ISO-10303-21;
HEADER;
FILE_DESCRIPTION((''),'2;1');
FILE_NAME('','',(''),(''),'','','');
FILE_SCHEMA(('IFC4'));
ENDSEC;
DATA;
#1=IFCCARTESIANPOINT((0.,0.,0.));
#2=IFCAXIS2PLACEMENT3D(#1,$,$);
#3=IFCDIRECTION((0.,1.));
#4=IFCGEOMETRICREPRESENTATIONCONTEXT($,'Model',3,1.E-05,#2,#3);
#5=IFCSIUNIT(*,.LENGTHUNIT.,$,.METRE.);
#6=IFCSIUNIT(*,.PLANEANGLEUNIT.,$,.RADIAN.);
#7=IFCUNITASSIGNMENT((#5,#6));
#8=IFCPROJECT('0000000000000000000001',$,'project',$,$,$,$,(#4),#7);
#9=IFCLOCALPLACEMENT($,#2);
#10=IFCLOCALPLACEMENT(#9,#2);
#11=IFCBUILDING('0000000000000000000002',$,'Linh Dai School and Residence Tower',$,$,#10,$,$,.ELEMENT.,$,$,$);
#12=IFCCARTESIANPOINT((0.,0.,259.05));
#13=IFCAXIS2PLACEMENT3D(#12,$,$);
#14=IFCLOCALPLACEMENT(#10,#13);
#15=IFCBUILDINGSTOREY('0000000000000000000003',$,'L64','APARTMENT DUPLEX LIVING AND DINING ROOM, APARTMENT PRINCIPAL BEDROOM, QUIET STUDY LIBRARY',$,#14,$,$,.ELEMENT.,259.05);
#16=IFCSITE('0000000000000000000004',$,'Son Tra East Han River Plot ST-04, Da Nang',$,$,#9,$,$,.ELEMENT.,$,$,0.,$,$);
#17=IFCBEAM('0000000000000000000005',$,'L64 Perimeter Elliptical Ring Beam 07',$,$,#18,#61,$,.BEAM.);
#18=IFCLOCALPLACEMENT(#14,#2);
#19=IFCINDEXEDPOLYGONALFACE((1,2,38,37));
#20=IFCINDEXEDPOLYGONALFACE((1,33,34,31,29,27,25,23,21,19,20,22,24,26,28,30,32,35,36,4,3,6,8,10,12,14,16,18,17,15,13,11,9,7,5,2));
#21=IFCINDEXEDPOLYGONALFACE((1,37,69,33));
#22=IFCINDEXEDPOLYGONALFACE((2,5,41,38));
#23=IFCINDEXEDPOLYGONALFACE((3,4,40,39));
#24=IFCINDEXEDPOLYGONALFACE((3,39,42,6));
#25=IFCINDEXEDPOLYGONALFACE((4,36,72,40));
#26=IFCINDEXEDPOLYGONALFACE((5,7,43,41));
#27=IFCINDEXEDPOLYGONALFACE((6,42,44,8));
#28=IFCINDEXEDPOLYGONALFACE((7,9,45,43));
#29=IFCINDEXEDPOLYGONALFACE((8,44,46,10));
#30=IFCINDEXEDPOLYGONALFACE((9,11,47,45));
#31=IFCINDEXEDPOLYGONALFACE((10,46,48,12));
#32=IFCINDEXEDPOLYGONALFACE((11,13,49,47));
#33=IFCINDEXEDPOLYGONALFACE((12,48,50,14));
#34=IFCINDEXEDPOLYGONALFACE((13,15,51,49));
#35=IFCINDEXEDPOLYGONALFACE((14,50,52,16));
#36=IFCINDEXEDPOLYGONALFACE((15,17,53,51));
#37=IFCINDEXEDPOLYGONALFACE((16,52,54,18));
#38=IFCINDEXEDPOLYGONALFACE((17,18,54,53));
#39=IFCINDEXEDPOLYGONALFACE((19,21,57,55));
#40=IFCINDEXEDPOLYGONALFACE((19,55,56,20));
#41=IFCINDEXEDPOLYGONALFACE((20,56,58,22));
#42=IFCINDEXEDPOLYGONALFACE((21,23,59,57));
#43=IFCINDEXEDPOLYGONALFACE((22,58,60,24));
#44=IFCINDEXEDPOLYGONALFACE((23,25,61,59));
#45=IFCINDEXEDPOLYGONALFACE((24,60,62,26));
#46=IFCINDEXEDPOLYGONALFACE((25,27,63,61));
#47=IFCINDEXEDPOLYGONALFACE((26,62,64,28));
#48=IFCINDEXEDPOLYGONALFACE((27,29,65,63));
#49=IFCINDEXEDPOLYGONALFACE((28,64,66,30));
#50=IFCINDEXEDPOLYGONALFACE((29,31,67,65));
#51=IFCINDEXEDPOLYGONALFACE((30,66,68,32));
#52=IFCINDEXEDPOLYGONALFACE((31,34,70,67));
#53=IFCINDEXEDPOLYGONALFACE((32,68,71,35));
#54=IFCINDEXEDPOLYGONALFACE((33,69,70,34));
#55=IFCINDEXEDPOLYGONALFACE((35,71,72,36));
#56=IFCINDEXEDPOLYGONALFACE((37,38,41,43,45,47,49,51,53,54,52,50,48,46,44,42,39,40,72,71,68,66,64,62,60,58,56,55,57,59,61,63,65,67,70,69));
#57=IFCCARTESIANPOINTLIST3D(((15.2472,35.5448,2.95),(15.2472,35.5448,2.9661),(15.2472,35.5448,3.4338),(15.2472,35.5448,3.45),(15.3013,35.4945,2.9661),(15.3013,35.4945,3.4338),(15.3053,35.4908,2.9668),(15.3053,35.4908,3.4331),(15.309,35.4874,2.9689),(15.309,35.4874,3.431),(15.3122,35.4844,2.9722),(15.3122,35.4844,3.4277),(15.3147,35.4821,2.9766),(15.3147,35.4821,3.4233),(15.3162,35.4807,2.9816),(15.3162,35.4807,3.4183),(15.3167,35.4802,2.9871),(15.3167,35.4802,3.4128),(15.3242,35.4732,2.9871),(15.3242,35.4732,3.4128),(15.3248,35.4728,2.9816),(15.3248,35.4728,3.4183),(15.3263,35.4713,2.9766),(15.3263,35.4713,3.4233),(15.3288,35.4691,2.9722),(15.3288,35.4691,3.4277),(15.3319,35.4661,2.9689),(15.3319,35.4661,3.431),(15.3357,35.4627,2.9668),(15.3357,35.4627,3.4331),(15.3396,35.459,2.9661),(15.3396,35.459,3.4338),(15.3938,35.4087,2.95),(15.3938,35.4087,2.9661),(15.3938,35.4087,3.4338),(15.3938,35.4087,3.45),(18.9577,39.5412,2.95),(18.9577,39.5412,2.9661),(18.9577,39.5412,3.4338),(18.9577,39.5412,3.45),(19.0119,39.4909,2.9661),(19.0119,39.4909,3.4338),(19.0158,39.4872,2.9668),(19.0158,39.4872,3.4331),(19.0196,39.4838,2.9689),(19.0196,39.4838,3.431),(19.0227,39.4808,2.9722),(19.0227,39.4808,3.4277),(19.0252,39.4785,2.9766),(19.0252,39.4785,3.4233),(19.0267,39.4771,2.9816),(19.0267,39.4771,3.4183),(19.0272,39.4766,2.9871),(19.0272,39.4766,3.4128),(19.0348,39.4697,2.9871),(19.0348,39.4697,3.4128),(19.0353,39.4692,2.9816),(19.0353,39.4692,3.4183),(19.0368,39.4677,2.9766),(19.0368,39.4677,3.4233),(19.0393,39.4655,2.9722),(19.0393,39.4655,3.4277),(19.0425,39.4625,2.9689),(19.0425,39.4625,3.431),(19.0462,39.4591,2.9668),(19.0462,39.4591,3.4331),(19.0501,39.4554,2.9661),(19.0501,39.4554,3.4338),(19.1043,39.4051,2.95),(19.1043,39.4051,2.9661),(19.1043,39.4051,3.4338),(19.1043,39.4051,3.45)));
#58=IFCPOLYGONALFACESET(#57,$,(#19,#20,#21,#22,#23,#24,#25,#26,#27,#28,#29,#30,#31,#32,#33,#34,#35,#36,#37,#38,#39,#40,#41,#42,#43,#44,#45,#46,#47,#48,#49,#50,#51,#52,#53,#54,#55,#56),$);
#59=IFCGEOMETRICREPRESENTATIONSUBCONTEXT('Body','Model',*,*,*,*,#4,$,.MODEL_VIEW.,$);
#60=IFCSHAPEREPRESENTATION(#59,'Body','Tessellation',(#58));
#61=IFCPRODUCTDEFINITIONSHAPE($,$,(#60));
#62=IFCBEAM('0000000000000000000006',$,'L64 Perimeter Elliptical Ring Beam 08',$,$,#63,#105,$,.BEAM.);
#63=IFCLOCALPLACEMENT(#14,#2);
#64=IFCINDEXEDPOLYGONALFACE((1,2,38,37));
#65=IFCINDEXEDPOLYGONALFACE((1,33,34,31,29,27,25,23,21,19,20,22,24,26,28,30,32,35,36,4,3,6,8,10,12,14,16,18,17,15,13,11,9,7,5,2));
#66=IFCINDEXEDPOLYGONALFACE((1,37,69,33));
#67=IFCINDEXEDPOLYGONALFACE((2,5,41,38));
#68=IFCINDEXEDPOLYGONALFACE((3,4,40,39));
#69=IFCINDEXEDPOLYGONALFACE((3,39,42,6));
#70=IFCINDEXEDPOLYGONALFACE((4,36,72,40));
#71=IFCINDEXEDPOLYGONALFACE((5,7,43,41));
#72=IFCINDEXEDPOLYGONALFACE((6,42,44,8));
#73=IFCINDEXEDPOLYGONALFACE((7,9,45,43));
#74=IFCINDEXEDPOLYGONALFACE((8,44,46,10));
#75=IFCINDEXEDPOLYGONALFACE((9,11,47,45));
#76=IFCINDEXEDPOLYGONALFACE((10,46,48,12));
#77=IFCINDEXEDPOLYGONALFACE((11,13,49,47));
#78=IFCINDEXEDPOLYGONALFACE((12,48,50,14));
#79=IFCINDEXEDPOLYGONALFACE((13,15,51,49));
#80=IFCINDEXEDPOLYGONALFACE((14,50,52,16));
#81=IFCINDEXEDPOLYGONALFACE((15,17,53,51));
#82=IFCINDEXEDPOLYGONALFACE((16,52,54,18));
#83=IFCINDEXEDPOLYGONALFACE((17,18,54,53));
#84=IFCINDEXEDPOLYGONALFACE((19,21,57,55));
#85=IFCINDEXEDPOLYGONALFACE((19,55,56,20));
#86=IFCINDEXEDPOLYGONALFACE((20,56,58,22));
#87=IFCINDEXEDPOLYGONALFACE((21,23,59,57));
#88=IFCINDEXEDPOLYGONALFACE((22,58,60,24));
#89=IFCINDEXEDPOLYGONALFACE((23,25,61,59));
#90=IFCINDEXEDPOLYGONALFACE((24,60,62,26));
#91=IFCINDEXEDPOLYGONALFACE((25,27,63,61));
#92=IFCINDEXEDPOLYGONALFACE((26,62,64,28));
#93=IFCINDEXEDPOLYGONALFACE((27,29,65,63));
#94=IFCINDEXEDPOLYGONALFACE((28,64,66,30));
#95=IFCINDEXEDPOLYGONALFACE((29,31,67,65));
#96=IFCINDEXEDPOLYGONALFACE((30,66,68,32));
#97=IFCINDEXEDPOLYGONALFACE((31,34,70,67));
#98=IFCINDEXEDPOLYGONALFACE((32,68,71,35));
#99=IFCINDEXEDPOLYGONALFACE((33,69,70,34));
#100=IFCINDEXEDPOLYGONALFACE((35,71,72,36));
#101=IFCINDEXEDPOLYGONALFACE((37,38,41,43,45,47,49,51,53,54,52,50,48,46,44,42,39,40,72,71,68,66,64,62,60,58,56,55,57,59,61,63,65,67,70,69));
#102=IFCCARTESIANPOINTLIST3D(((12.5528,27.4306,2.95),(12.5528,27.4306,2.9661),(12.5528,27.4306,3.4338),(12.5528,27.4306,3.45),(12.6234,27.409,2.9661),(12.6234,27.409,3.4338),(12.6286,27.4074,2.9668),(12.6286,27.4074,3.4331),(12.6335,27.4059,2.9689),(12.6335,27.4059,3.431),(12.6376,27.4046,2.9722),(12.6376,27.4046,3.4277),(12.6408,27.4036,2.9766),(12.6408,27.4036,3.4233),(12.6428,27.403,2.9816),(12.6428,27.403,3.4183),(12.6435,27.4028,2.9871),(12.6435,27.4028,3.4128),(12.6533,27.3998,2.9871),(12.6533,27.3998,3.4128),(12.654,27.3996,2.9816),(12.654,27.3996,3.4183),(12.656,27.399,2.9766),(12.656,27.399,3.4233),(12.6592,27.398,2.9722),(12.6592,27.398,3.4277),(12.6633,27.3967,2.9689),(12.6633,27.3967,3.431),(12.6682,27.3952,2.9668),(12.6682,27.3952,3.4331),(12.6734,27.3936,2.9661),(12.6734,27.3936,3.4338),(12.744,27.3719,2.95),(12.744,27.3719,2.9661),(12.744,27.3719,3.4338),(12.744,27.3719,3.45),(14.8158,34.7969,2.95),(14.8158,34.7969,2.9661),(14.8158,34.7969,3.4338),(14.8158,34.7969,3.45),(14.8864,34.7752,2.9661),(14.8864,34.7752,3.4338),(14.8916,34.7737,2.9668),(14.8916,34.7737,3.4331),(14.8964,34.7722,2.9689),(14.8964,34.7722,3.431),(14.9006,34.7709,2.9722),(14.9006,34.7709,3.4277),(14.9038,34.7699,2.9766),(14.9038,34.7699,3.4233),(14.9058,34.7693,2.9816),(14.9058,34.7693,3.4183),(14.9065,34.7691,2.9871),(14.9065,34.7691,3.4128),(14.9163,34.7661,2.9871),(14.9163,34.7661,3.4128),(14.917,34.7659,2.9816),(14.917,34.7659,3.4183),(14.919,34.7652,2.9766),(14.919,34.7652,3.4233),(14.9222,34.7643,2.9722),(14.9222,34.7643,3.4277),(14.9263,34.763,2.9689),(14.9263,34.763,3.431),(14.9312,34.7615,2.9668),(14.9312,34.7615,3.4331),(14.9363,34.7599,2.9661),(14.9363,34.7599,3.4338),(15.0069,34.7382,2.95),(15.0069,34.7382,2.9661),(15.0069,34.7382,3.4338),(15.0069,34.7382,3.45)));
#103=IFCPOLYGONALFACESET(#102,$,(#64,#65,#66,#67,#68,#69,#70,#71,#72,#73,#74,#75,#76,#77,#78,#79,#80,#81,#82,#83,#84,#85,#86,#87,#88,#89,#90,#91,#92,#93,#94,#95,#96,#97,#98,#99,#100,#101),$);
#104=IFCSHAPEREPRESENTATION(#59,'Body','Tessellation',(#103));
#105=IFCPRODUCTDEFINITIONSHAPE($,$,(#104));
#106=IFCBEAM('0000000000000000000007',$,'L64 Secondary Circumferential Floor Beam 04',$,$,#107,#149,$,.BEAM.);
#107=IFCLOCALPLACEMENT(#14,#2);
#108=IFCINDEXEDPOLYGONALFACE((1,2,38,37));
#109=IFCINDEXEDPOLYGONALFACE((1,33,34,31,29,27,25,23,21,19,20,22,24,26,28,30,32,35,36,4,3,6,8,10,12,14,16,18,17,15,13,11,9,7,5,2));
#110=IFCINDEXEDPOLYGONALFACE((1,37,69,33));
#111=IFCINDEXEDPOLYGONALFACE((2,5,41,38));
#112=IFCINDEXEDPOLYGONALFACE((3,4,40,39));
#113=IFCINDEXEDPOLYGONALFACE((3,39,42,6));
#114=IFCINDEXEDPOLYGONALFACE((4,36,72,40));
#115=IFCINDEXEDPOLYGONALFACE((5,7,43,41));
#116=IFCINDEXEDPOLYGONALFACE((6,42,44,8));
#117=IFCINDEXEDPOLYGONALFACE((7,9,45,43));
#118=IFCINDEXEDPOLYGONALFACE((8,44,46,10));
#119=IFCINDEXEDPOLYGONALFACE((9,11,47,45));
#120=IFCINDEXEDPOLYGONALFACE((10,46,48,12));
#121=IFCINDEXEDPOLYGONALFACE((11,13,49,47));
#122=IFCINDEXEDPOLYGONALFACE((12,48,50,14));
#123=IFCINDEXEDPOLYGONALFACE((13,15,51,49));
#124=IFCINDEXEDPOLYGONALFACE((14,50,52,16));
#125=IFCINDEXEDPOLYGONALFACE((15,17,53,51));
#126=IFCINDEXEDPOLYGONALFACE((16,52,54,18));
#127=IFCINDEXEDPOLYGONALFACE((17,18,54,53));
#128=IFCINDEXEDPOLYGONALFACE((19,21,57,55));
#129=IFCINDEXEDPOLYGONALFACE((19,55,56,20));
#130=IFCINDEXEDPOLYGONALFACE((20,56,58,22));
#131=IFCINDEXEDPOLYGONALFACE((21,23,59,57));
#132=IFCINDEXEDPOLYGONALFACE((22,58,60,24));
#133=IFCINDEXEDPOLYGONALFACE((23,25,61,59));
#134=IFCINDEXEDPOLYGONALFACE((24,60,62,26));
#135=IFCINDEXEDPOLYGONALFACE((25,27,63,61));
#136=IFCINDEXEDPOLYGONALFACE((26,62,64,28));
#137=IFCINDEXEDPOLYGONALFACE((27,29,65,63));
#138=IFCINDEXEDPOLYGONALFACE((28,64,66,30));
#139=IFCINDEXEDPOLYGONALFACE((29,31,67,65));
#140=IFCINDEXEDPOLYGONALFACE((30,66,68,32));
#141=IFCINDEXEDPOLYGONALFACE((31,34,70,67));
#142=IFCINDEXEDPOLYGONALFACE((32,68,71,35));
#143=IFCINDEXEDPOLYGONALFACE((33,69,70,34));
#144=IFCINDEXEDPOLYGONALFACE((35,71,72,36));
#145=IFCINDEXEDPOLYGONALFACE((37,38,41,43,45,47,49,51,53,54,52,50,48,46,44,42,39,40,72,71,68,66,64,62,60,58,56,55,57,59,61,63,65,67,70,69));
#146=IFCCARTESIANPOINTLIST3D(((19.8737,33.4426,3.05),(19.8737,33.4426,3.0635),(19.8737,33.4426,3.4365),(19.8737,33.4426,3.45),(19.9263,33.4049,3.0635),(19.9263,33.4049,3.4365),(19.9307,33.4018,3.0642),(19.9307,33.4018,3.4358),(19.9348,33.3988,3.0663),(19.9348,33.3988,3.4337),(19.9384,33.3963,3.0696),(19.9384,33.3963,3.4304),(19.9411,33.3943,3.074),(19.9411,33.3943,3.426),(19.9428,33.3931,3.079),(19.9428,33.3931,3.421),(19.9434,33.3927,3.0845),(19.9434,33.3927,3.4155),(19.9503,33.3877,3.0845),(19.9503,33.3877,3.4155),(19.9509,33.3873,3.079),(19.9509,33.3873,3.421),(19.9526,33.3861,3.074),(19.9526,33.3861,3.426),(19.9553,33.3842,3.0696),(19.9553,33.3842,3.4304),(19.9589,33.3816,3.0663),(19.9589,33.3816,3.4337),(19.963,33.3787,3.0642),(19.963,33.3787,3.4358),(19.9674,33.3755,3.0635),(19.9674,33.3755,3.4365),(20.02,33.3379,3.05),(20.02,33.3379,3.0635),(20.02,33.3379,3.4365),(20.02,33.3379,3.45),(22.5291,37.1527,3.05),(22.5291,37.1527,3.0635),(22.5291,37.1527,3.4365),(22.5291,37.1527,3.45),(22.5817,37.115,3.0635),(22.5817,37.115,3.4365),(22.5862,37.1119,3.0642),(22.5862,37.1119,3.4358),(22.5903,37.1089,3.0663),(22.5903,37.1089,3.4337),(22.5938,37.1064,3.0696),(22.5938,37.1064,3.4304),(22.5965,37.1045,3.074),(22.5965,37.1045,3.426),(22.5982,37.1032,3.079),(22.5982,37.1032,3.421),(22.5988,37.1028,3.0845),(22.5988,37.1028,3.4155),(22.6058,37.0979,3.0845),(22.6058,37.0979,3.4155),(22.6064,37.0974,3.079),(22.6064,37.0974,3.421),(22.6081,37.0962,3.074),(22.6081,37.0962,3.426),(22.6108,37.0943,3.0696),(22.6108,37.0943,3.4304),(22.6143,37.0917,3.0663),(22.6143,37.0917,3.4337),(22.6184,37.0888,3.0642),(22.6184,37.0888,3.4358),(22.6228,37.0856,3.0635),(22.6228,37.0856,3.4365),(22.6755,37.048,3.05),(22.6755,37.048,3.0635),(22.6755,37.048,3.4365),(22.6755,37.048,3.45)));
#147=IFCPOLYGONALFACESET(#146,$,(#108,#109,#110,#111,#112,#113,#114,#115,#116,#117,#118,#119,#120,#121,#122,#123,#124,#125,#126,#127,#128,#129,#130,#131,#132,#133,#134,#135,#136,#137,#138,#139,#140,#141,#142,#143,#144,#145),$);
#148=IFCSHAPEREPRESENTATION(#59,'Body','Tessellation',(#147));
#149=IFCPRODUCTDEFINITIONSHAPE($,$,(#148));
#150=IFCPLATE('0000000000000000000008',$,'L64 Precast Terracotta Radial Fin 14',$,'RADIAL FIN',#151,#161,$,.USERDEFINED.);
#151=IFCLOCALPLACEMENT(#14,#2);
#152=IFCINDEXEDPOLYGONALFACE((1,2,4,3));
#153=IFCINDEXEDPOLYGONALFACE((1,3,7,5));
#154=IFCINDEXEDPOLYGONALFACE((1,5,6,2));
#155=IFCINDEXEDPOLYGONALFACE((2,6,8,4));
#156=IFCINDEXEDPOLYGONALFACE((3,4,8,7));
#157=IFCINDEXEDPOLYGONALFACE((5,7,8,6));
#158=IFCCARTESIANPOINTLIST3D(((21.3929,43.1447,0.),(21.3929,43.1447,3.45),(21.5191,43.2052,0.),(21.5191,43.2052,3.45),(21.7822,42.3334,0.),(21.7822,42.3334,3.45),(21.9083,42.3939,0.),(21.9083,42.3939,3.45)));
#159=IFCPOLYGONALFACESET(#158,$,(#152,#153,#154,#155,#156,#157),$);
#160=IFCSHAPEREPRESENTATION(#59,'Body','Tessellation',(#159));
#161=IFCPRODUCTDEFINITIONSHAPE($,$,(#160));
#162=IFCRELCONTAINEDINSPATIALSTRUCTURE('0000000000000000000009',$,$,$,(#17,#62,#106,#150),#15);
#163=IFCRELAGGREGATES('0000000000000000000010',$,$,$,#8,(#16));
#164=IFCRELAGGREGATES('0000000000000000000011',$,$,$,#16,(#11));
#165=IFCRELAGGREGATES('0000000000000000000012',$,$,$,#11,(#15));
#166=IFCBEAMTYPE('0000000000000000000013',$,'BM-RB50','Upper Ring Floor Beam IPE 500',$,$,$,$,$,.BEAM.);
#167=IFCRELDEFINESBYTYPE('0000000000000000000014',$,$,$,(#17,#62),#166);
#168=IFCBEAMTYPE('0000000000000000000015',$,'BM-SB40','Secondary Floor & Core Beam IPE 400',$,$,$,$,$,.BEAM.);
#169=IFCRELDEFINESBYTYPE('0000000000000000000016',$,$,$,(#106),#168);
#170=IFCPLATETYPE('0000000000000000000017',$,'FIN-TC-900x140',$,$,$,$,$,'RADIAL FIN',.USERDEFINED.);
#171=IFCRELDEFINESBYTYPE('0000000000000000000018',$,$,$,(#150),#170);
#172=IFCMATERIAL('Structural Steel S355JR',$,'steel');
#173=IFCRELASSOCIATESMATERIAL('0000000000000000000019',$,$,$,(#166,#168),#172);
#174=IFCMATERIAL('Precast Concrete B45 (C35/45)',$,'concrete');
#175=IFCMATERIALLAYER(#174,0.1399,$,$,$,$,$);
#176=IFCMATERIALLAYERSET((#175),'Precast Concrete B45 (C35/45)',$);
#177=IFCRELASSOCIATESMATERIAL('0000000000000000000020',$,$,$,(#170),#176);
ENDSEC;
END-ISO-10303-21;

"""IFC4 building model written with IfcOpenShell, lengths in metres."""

from ifc_helpers import new_model, si_unit, direction, frame, origin, origin_2d, place, context, subcontext, project, spatial, rectangle, i_section, extrude, source, transform, mapped, material, layer, layer_set, material_profile, profile_set, type_object, element, save


model = new_model("IFC4")

# Units and contexts
model_context = context("Model", 3, precision=1e-05, world=origin(), true_north=direction((0.0, 1.0)))
body_context = subcontext(model_context, "Body", "Model", "MODEL_VIEW")
ifc_project = project(units=[si_unit("LENGTHUNIT", "METRE"), si_unit("PLANEANGLEUNIT", "RADIAN")], contexts=[model_context])

# Site, building, storey
site_placement = place(None, origin())
site = spatial("IfcSite", under=ifc_project, at=site_placement, Name="Son Tra East Han River Plot ST-04, Da Nang", CompositionType="ELEMENT", RefElevation=0.0)
building_placement = place(site_placement, origin())
building = spatial("IfcBuilding", under=site, at=building_placement, Name="Linh Dai School and Residence Tower", CompositionType="ELEMENT")
storey_placement = place(building_placement, frame((0.0, 0.0, 259.05)))
storey = spatial("IfcBuildingStorey", under=building, at=storey_placement, Name="L64", Description="APARTMENT DUPLEX LIVING AND DINING ROOM, APARTMENT PRINCIPAL BEDROOM, QUIET STUDY LIBRARY", CompositionType="ELEMENT", Elevation=259.05)

# Shared definitions
ifc_material_1 = material(Name="Structural Steel S355JR", Category="steel")

# Beams
ifc_material_profile_1 = material_profile(ifc_material_1, i_section(OverallWidth=0.2, OverallDepth=0.5, WebThickness=0.0103, FlangeThickness=0.0161, FilletRadius=0.021, at=origin_2d()), Name="IPE 500")
ifc_profile_set_1 = profile_set([ifc_material_profile_1], Name="Structural Steel S355JR")
beam_type_1 = type_object("IfcBeamType", Name="BM-RB50", Description="Upper Ring Floor Beam IPE 500", PredefinedType="BEAM", material=ifc_profile_set_1)
beam_1_placement = place(storey_placement, frame((19.031, 39.4731, 3.2), z_axis=(-0.680408, -0.732833, 0.0), x_axis=(0.732833, -0.680408, 0.0)))
element("IfcBeam", 1, at=beam_1_placement, inside=storey, type_object=beam_type_1, Name="L64 Perimeter Elliptical Ring Beam 07", PredefinedType="BEAM", context=body_context, shape_type="SweptSolid", body=[
    extrude(i_section(OverallWidth=0.2, OverallDepth=0.5, WebThickness=0.0103, FlangeThickness=0.0161, FilletRadius=0.021, at=origin_2d()), origin(), (0.0, 0.0, 1.0), 5.4534),
])
beam_2_placement = place(storey_placement, frame((14.9114, 34.7676, 3.2), z_axis=(-0.293661, -0.95591, 0.0), x_axis=(0.95591, -0.293661, 0.0)))
element("IfcBeam", 2, at=beam_2_placement, inside=storey, type_object=beam_type_1, Name="L64 Perimeter Elliptical Ring Beam 08", PredefinedType="BEAM", context=body_context, shape_type="SweptSolid", body=[
    extrude(i_section(OverallWidth=0.2, OverallDepth=0.5, WebThickness=0.0103, FlangeThickness=0.0161, FilletRadius=0.021, at=origin_2d()), origin(), (0.0, 0.0, 1.0), 7.7061),
])
ifc_material_profile_2 = material_profile(ifc_material_1, i_section(OverallWidth=0.1799, OverallDepth=0.3999, WebThickness=0.0085, FlangeThickness=0.0134, FilletRadius=0.021, at=origin_2d()), Name="IPE 400")
ifc_profile_set_2 = profile_set([ifc_material_profile_2], Name="Structural Steel S355JR")
beam_type_2 = type_object("IfcBeamType", Name="BM-SB40", Description="Secondary Floor & Core Beam IPE 400", PredefinedType="BEAM", material=ifc_profile_set_2)
beam_3_placement = place(storey_placement, frame((22.6023, 37.1003, 3.25), z_axis=(-0.582017, -0.813176, 0.0), x_axis=(0.813176, -0.582017, 0.0)))
element("IfcBeam", 3, at=beam_3_placement, inside=storey, type_object=beam_type_2, Name="L64 Secondary Circumferential Floor Beam 04", PredefinedType="BEAM", context=body_context, shape_type="SweptSolid", body=[
    extrude(i_section(OverallWidth=0.1799, OverallDepth=0.3999, WebThickness=0.0085, FlangeThickness=0.0134, FilletRadius=0.021, at=origin_2d()), origin(), (0.0, 0.0, 1.0), 4.5625),
])

# Plate
ifc_material_2 = material(Name="Precast Concrete B45 (C35/45)", Category="concrete")
ifc_layer_1 = layer(ifc_material_2, 0.1399)
ifc_layer_set_1 = layer_set([ifc_layer_1], Name="Precast Concrete B45 (C35/45)")
plate_type = type_object("IfcPlateType", Name="FIN-TC-900x140", ElementType="RADIAL FIN", PredefinedType="USERDEFINED", material=ifc_layer_set_1)
shared_shape_1 = source(origin(), body_context, "Body", "SweptSolid", [
    extrude(rectangle(XDim=0.8999, YDim=0.1399, at=origin_2d()), origin(), (0.0, 0.0, 1.0), 3.45),
])
plate_placement = place(storey_placement, frame((21.6506, 42.7693, 0.0), z_axis=(0.0, 0.0, 1.0), x_axis=(-0.432594, 0.901589, 0.0)))
element("IfcPlate", 4, at=plate_placement, inside=storey, type_object=plate_type, Name="L64 Precast Terracotta Radial Fin 14", ObjectType="RADIAL FIN", PredefinedType="USERDEFINED", context=body_context, shape_type="MappedRepresentation", body=[
    mapped(shared_shape_1, transform((0.0, 0.0, 0.0), x_axis=(1.0, 0.0, 0.0), y_axis=(0.0, 1.0, 0.0), z_axis=(0.0, 0.0, 1.0), scale=1.0)),
])

save(model, "model.ifc")
